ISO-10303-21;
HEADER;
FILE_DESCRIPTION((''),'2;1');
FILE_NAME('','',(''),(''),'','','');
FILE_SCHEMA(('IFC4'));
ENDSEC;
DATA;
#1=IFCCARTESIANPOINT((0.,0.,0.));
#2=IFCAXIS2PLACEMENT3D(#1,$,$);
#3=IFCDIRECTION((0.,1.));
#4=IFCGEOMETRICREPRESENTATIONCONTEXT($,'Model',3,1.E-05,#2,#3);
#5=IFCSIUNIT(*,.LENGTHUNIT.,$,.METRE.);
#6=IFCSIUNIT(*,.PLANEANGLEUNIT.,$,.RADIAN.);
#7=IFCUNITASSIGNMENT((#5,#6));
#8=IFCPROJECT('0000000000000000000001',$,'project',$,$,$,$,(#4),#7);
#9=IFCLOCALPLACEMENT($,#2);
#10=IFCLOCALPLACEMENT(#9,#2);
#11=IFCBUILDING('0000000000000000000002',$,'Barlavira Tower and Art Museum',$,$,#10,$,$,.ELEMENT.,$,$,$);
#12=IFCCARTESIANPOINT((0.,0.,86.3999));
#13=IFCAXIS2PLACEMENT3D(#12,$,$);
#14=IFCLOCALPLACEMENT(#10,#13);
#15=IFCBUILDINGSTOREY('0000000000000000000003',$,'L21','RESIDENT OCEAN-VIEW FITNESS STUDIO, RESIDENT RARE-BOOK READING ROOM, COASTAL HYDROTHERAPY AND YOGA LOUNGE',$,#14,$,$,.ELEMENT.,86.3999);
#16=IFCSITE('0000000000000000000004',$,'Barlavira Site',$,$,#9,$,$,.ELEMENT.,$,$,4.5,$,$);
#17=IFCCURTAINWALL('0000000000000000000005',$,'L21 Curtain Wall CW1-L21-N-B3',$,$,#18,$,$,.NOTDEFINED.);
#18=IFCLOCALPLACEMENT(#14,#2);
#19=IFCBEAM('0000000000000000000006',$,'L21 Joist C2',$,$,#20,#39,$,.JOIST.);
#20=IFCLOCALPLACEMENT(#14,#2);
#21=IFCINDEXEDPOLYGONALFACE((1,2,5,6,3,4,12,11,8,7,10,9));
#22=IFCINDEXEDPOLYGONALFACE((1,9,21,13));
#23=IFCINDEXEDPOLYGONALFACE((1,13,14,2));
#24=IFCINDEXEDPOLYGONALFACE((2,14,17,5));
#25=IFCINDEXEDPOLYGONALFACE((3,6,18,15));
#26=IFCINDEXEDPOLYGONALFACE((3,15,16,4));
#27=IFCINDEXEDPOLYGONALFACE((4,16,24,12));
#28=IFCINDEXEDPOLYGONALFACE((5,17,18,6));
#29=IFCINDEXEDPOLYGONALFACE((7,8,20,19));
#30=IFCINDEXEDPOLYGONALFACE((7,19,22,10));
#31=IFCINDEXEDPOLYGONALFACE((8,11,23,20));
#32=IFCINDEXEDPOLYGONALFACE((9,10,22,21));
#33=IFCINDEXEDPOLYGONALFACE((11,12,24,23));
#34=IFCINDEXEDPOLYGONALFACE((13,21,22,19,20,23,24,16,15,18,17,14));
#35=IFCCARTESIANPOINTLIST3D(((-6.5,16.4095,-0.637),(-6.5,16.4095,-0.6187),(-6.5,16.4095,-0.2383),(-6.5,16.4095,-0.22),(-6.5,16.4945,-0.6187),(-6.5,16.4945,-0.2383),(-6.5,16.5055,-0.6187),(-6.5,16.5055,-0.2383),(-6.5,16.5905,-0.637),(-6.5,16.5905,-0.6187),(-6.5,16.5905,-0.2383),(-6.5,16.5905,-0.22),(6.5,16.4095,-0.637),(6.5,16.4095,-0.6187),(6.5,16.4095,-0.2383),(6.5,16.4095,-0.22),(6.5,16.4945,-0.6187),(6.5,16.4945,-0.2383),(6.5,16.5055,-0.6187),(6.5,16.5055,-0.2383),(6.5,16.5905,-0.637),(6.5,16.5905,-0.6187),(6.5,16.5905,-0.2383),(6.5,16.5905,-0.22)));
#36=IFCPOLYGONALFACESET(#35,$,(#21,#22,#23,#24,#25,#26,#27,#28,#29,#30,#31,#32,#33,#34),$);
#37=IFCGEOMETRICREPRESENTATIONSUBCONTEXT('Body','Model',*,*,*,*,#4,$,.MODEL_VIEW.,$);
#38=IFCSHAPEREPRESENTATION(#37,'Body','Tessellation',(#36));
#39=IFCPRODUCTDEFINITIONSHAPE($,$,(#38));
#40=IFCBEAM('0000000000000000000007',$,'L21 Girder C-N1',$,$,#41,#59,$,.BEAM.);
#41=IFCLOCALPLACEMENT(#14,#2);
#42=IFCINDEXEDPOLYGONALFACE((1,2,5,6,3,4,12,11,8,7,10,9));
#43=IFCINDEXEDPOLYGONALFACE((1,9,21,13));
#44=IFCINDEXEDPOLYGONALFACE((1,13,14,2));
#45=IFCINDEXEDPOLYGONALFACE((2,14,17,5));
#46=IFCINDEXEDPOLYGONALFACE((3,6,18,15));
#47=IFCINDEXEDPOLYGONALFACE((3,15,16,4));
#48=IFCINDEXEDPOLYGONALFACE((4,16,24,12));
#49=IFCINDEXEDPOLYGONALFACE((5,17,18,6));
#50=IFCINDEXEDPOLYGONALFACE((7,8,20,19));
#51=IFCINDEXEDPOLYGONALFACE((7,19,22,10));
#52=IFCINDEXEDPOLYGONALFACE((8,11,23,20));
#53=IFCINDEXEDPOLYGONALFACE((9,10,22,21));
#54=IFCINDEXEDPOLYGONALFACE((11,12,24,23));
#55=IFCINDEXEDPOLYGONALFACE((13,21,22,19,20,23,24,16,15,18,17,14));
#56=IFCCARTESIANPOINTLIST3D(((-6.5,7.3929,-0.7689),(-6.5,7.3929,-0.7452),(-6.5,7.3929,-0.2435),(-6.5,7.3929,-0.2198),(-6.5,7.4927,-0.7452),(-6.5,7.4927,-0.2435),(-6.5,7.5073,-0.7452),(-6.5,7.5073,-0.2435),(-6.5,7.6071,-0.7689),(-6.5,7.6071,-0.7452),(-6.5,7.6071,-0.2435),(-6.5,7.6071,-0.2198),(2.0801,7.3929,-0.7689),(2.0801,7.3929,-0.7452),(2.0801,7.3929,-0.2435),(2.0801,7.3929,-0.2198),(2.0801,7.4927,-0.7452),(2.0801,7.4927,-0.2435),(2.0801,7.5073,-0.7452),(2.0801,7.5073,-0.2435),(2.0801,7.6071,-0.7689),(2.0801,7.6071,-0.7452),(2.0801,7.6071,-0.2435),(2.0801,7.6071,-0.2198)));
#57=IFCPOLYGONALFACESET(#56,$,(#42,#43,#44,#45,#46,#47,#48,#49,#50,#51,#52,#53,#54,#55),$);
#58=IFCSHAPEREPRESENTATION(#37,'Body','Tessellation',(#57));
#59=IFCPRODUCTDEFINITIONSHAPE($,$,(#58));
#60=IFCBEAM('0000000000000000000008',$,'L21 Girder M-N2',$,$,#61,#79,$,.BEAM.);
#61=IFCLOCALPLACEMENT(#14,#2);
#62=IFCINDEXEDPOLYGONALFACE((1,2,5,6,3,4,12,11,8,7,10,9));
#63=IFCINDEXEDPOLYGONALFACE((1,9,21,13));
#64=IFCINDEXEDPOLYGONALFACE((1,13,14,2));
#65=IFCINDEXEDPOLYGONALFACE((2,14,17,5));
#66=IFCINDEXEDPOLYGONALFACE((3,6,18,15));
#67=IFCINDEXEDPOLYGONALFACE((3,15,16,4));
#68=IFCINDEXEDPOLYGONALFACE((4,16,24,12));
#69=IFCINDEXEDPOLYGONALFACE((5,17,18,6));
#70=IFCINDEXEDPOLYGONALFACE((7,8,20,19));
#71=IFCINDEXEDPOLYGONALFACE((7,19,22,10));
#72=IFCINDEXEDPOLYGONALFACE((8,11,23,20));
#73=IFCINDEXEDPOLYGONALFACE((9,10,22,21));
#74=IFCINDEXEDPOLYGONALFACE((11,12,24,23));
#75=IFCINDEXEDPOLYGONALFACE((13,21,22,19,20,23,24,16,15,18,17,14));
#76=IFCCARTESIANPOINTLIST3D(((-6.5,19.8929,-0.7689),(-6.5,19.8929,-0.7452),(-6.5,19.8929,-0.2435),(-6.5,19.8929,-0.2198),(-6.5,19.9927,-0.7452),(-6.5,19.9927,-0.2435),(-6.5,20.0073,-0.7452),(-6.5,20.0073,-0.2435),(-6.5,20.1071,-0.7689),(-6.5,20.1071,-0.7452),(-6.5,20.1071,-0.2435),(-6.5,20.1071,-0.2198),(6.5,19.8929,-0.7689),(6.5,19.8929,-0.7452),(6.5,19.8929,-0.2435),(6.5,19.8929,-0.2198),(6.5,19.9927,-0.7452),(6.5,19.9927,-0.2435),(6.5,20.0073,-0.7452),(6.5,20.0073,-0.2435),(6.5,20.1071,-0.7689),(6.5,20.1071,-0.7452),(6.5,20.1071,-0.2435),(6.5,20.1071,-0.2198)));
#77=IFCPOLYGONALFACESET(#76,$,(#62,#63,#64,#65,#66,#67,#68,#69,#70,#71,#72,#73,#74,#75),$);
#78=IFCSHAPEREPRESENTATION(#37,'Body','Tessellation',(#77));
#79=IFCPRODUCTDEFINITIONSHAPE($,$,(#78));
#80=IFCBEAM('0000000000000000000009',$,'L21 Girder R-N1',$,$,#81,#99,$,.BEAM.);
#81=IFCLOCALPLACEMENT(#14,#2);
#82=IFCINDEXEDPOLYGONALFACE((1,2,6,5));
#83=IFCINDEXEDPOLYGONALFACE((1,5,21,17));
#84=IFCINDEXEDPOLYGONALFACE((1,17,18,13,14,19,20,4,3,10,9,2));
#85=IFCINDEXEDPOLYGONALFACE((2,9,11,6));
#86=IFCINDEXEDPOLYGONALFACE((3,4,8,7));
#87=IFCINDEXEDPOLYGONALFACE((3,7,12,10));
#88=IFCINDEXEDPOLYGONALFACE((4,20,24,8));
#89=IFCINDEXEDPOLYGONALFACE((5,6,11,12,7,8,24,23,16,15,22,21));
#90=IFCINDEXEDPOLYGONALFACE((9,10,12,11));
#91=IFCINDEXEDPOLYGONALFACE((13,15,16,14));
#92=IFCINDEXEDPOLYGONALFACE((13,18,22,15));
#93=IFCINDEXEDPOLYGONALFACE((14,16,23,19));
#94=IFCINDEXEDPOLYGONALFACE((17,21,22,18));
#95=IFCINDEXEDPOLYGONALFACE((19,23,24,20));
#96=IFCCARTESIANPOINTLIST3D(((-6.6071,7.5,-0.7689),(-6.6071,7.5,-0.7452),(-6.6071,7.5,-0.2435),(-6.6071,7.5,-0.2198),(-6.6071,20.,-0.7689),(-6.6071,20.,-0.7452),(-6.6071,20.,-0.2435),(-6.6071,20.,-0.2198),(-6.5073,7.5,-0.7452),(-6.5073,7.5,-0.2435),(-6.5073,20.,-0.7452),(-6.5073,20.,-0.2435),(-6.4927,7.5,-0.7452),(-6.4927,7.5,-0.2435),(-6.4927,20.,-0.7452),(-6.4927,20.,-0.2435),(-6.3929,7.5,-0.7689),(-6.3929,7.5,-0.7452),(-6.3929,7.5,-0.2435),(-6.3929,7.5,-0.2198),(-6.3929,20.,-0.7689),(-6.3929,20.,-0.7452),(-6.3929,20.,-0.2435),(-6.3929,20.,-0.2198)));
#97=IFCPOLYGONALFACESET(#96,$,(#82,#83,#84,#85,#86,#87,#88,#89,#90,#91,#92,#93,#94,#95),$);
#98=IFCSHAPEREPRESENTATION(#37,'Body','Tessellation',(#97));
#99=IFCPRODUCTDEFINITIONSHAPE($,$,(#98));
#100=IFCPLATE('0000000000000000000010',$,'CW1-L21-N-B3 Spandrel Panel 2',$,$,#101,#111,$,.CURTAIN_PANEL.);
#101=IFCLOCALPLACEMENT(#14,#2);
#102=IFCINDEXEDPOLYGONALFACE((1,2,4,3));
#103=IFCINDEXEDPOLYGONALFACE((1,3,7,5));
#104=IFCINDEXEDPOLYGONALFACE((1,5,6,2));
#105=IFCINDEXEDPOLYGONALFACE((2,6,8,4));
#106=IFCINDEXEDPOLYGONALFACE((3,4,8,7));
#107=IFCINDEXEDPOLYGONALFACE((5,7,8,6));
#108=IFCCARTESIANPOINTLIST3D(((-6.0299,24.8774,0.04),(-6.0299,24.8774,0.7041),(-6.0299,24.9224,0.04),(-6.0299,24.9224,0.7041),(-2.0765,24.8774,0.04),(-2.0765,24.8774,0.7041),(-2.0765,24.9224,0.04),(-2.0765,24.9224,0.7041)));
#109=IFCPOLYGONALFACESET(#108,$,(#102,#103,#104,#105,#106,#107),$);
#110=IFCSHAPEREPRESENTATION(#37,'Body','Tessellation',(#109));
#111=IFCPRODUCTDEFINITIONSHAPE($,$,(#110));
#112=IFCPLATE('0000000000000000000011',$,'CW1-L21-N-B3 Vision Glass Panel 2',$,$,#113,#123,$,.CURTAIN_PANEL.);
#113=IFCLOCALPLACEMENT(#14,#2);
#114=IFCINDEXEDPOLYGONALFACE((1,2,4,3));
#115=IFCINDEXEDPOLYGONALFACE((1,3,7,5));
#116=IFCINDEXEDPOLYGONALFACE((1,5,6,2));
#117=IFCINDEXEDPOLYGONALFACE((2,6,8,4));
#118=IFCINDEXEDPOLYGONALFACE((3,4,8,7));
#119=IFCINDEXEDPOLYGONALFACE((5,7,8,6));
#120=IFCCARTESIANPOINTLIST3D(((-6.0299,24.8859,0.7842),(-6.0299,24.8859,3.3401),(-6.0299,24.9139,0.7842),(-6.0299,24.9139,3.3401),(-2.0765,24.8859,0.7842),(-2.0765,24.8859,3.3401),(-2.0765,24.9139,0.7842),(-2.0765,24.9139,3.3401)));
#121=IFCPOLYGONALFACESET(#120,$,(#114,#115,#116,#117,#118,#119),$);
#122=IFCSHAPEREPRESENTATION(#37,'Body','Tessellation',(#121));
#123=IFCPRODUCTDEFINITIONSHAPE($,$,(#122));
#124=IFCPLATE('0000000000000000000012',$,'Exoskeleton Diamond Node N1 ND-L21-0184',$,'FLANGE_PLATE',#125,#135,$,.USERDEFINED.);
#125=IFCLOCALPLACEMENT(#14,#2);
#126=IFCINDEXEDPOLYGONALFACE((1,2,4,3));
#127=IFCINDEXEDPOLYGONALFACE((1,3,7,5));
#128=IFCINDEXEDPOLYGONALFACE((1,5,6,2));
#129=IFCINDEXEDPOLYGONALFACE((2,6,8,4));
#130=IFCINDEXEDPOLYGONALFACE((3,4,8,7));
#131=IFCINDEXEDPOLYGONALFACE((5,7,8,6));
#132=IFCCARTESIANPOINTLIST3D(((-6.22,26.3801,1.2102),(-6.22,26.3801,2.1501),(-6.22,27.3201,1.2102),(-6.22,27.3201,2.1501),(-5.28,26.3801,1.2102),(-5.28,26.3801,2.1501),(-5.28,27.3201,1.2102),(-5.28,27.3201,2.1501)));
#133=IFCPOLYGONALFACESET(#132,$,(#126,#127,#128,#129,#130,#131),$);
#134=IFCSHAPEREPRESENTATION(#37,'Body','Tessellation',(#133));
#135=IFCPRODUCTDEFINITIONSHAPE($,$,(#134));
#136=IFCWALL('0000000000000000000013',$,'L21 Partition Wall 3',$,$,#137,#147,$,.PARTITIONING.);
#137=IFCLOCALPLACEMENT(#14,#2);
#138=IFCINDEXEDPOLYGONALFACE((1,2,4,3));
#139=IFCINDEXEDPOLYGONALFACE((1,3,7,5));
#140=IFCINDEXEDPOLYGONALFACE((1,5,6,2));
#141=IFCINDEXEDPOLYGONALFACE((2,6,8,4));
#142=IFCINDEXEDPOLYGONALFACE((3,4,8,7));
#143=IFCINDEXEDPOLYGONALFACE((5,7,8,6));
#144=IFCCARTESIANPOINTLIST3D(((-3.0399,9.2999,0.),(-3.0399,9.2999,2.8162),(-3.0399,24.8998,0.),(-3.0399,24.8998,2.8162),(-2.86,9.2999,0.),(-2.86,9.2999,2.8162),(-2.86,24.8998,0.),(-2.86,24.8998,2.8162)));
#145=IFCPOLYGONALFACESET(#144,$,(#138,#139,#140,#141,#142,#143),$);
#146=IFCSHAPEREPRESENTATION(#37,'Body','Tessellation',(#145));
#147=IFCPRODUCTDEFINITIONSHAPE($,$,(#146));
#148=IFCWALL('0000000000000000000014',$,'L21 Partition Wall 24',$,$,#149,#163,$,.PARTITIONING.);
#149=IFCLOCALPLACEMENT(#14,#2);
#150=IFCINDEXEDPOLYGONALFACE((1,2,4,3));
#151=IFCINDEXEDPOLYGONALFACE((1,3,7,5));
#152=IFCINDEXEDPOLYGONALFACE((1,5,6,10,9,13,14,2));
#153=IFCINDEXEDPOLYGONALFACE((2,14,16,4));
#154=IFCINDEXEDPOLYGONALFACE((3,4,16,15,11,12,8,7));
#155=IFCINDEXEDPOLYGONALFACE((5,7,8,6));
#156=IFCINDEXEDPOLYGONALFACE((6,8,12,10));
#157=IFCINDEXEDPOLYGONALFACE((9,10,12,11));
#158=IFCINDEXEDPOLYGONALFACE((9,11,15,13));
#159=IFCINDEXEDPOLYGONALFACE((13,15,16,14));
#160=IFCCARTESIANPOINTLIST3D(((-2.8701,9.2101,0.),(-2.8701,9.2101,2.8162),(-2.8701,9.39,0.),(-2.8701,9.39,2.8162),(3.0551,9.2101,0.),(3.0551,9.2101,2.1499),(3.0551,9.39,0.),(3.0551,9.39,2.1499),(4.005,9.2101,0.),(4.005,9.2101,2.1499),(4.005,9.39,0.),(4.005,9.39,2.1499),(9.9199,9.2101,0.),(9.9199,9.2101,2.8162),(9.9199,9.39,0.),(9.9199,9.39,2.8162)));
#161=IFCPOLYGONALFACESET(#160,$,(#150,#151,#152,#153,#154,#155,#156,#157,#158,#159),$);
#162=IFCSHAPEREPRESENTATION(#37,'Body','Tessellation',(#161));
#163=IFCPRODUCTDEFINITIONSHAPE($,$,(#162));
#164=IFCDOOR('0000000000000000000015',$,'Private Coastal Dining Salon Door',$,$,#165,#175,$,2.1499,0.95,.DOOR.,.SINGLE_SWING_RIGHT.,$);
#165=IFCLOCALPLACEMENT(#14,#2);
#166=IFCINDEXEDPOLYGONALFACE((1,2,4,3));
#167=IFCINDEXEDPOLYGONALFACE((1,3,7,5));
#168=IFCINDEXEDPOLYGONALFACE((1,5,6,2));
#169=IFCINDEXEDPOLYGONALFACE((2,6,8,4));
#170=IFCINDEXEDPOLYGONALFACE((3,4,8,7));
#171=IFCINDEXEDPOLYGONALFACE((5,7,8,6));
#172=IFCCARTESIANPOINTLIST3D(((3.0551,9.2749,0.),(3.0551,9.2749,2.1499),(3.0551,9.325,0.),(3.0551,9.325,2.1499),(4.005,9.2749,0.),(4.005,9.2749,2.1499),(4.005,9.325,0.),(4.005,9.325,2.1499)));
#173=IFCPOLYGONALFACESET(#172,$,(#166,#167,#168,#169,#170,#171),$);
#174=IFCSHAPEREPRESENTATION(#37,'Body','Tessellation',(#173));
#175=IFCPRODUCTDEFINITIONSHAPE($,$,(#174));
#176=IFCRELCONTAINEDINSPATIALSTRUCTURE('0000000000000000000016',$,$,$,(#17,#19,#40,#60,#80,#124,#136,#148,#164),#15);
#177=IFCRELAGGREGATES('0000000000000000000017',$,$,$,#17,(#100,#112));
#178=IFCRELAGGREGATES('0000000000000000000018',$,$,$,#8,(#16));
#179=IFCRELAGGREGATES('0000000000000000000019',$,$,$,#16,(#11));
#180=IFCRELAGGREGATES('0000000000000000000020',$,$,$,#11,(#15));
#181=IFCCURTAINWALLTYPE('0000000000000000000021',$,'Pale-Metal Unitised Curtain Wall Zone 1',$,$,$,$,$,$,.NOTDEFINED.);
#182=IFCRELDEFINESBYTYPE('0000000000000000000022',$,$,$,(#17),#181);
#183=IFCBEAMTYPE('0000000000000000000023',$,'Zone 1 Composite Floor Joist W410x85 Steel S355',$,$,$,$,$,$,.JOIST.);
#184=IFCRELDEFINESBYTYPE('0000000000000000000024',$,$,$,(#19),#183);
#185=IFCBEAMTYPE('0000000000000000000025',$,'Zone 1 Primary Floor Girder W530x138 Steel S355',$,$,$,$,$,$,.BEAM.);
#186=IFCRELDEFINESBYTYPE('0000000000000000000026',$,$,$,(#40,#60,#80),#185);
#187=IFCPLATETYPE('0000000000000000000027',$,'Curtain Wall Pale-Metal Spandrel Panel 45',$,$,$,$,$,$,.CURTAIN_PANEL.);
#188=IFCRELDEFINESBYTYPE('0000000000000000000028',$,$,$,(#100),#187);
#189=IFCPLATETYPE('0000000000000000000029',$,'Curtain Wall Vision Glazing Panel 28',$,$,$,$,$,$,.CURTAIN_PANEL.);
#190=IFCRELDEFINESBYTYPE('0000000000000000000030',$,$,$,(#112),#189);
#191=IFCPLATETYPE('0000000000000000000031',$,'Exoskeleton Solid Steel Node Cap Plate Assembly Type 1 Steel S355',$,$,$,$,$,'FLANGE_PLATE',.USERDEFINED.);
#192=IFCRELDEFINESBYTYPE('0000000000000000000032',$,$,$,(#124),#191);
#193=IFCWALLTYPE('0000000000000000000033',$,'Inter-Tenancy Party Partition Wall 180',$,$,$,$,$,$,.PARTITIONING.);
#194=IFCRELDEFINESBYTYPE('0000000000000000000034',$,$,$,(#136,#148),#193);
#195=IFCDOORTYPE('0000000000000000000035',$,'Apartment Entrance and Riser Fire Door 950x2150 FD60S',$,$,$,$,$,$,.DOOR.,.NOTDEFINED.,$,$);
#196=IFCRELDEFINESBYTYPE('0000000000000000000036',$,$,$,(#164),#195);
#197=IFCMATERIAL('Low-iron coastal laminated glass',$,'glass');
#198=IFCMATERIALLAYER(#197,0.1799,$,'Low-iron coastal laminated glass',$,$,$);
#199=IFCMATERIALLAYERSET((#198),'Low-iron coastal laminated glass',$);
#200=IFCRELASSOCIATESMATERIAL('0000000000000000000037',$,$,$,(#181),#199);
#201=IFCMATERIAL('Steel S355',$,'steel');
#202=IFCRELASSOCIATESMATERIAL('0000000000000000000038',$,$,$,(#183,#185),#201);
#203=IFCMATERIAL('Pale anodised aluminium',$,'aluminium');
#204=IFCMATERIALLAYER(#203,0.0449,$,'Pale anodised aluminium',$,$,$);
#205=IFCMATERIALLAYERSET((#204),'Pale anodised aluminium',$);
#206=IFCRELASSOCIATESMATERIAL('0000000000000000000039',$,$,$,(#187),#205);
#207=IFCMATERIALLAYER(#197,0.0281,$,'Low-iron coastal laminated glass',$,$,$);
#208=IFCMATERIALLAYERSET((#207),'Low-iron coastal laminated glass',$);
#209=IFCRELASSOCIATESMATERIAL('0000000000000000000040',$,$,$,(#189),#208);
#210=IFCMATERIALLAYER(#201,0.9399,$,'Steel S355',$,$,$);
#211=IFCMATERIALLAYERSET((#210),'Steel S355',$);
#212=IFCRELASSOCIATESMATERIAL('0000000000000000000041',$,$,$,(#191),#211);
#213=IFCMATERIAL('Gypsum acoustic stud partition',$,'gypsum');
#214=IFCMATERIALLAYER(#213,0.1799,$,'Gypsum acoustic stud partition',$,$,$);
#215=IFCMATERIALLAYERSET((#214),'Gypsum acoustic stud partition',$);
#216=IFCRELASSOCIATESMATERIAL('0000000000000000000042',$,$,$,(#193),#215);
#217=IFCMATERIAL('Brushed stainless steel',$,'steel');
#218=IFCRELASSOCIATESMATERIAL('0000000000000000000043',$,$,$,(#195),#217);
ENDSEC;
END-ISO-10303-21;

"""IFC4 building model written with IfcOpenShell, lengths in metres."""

from ifc_helpers import new_model, si_unit, direction, frame, frame_2d, origin, origin_2d, place, context, subcontext, project, spatial, rectangle, i_section, extrude, material, layer, layer_set, material_profile, profile_set, type_object, element, fill, aggregate, save


model = new_model("IFC4")

# Units and contexts
model_context = context("Model", 3, precision=1e-05, world=origin(), true_north=direction((0.0, 1.0)))
body_context = subcontext(model_context, "Body", "Model", "MODEL_VIEW")
ifc_project = project(units=[si_unit("LENGTHUNIT", "METRE"), si_unit("PLANEANGLEUNIT", "RADIAN")], contexts=[model_context])

# Site, building, storey
site_placement = place(None, origin())
site = spatial("IfcSite", under=ifc_project, at=site_placement, Name="Barlavira Site", CompositionType="ELEMENT", RefElevation=4.5)
building_placement = place(site_placement, origin())
building = spatial("IfcBuilding", under=site, at=building_placement, Name="Barlavira Tower and Art Museum", CompositionType="ELEMENT")
storey_placement = place(building_placement, frame((0.0, 0.0, 86.3999)))
storey = spatial("IfcBuildingStorey", under=building, at=storey_placement, Name="L21", Description="RESIDENT OCEAN-VIEW FITNESS STUDIO, RESIDENT RARE-BOOK READING ROOM, COASTAL HYDROTHERAPY AND YOGA LOUNGE", CompositionType="ELEMENT", Elevation=86.3999)

# Shared definitions
ifc_material_1 = material(Name="Steel S355", Category="steel")

# Curtain wall
ifc_material_2 = material(Name="Low-iron coastal laminated glass", Category="glass")
ifc_layer_1 = layer(ifc_material_2, 0.1799, Name="Low-iron coastal laminated glass")
ifc_layer_set_1 = layer_set([ifc_layer_1], Name="Low-iron coastal laminated glass")
curtain_wall_type = type_object("IfcCurtainWallType", Name="Pale-Metal Unitised Curtain Wall Zone 1", PredefinedType="NOTDEFINED", material=ifc_layer_set_1)
curtain_wall_placement = place(storey_placement, origin())
curtain_wall = element("IfcCurtainWall", 1, at=curtain_wall_placement, inside=storey, type_object=curtain_wall_type, Name="L21 Curtain Wall CW1-L21-N-B3", PredefinedType="NOTDEFINED")
ifc_material_3 = material(Name="Pale anodised aluminium", Category="aluminium")

# Beams
ifc_material_profile_1 = material_profile(ifc_material_1, i_section(OverallWidth=0.1809, OverallDepth=0.417, WebThickness=0.011, FlangeThickness=0.0183, at=origin_2d()), Name="W410x85.0")
ifc_profile_set_1 = profile_set([ifc_material_profile_1], Name="Steel S355")
beam_type_1 = type_object("IfcBeamType", Name="Zone 1 Composite Floor Joist W410x85 Steel S355", PredefinedType="JOIST", material=ifc_profile_set_1)
beam_1_placement = place(storey_placement, frame((-6.5, 16.5, -0.4285), z_axis=(1.0, 0.0, 0.0), x_axis=(0.0, 1.0, 0.0)))
element("IfcBeam", 2, at=beam_1_placement, inside=storey, type_object=beam_type_1, Name="L21 Joist C2", PredefinedType="JOIST", context=body_context, shape_type="SweptSolid", body=[
    extrude(i_section(OverallWidth=0.1809, OverallDepth=0.417, WebThickness=0.011, FlangeThickness=0.0183, at=origin_2d()), origin(), (0.0, 0.0, 1.0), 13.0),
])
ifc_material_profile_2 = material_profile(ifc_material_1, i_section(OverallWidth=0.2141, OverallDepth=0.5491, WebThickness=0.0146, FlangeThickness=0.0237, at=origin_2d()), Name="W530x138.0")
ifc_profile_set_2 = profile_set([ifc_material_profile_2], Name="Steel S355")
beam_type_2 = type_object("IfcBeamType", Name="Zone 1 Primary Floor Girder W530x138 Steel S355", PredefinedType="BEAM", material=ifc_profile_set_2)
beam_2_placement = place(storey_placement, frame((-6.5, 7.5, -0.4944), z_axis=(1.0, 0.0, 0.0), x_axis=(0.0, 1.0, 0.0)))
element("IfcBeam", 3, at=beam_2_placement, inside=storey, type_object=beam_type_2, Name="L21 Girder C-N1", PredefinedType="BEAM", context=body_context, shape_type="SweptSolid", body=[
    extrude(i_section(OverallWidth=0.2141, OverallDepth=0.5491, WebThickness=0.0146, FlangeThickness=0.0237, at=origin_2d()), origin(), (0.0, 0.0, 1.0), 8.5801),
])
beam_3_placement = place(storey_placement, frame((-6.5, 20.0, -0.4944), z_axis=(1.0, 0.0, 0.0), x_axis=(0.0, 1.0, 0.0)))
element("IfcBeam", 4, at=beam_3_placement, inside=storey, type_object=beam_type_2, Name="L21 Girder M-N2", PredefinedType="BEAM", context=body_context, shape_type="SweptSolid", body=[
    extrude(i_section(OverallWidth=0.2141, OverallDepth=0.5491, WebThickness=0.0146, FlangeThickness=0.0237, at=origin_2d()), origin(), (0.0, 0.0, 1.0), 13.0),
])
beam_4_placement = place(storey_placement, frame((-6.5, 7.5, -0.4944), z_axis=(0.0, 1.0, 0.0), x_axis=(-1.0, 0.0, 0.0)))
element("IfcBeam", 5, at=beam_4_placement, inside=storey, type_object=beam_type_2, Name="L21 Girder R-N1", PredefinedType="BEAM", context=body_context, shape_type="SweptSolid", body=[
    extrude(i_section(OverallWidth=0.2141, OverallDepth=0.5491, WebThickness=0.0146, FlangeThickness=0.0237, at=origin_2d()), origin(), (0.0, 0.0, 1.0), 12.5),
])

# Plates
ifc_layer_2 = layer(ifc_material_3, 0.0449, Name="Pale anodised aluminium")
ifc_layer_set_2 = layer_set([ifc_layer_2], Name="Pale anodised aluminium")
plate_type_1 = type_object("IfcPlateType", Name="Curtain Wall Pale-Metal Spandrel Panel 45", PredefinedType="CURTAIN_PANEL", material=ifc_layer_set_2)
plate_1_placement = place(storey_placement, frame((-4.0532, 24.8999, 0.04), z_axis=(0.0, 0.0, 1.0), x_axis=(-1.0, 0.0, 0.0)))
plate_1 = element("IfcPlate", 6, at=plate_1_placement, type_object=plate_type_1, Name="CW1-L21-N-B3 Spandrel Panel 2", PredefinedType="CURTAIN_PANEL", context=body_context, shape_type="SweptSolid", body=[
    extrude(rectangle(XDim=3.9534, YDim=0.0449, at=origin_2d()), origin(), (0.0, 0.0, 1.0), 0.6641),
])
ifc_layer_3 = layer(ifc_material_2, 0.0281, Name="Low-iron coastal laminated glass")
ifc_layer_set_3 = layer_set([ifc_layer_3], Name="Low-iron coastal laminated glass")
plate_type_2 = type_object("IfcPlateType", Name="Curtain Wall Vision Glazing Panel 28", PredefinedType="CURTAIN_PANEL", material=ifc_layer_set_3)
plate_2_placement = place(storey_placement, frame((-4.0532, 24.8999, 0.7842), z_axis=(0.0, 0.0, 1.0), x_axis=(-1.0, 0.0, 0.0)))
plate_2 = element("IfcPlate", 7, at=plate_2_placement, type_object=plate_type_2, Name="CW1-L21-N-B3 Vision Glass Panel 2", PredefinedType="CURTAIN_PANEL", context=body_context, shape_type="SweptSolid", body=[
    extrude(rectangle(XDim=3.9534, YDim=0.0281, at=origin_2d()), origin(), (0.0, 0.0, 1.0), 2.5559),
])
aggregate(curtain_wall, [plate_1, plate_2])
ifc_layer_4 = layer(ifc_material_1, 0.9399, Name="Steel S355")
ifc_layer_set_4 = layer_set([ifc_layer_4], Name="Steel S355")
plate_type_3 = type_object("IfcPlateType", Name="Exoskeleton Solid Steel Node Cap Plate Assembly Type 1 Steel S355", ElementType="FLANGE_PLATE", PredefinedType="USERDEFINED", material=ifc_layer_set_4)
plate_3_placement = place(storey_placement, frame((-5.75, 26.8501, 1.2102), z_axis=(0.0, 0.0, 1.0), x_axis=(1.0, 0.0, 0.0)))
element("IfcPlate", 8, at=plate_3_placement, inside=storey, type_object=plate_type_3, Name="Exoskeleton Diamond Node N1 ND-L21-0184", ObjectType="FLANGE_PLATE", PredefinedType="USERDEFINED", context=body_context, shape_type="SweptSolid", body=[
    extrude(rectangle(XDim=0.9399, YDim=0.9399, at=origin_2d()), origin(), (0.0, 0.0, 1.0), 0.9399),
])

# Wall
ifc_material_4 = material(Name="Gypsum acoustic stud partition", Category="gypsum")
ifc_layer_5 = layer(ifc_material_4, 0.1799, Name="Gypsum acoustic stud partition")
ifc_layer_set_5 = layer_set([ifc_layer_5], Name="Gypsum acoustic stud partition")
wall_type = type_object("IfcWallType", Name="Inter-Tenancy Party Partition Wall 180", PredefinedType="PARTITIONING", material=ifc_layer_set_5)
wall_1_placement = place(storey_placement, frame((-2.95, 9.3, 0.0), z_axis=(0.0, 0.0, 1.0), x_axis=(0.0, 1.0, 0.0)))
element("IfcWall", 9, at=wall_1_placement, inside=storey, type_object=wall_type, Name="L21 Partition Wall 3", PredefinedType="PARTITIONING", context=body_context, shape_type="SweptSolid", body=[
    extrude(rectangle(XDim=15.5999, YDim=0.1799, at=frame_2d((7.7998, 0.0))), origin(), (0.0, 0.0, 1.0), 2.8162),
])

# Wall, opening, door
wall_2_placement = place(storey_placement, frame((-2.8701, 9.3, 0.0), z_axis=(0.0, 0.0, 1.0), x_axis=(1.0, 0.0, 0.0)))
wall_2 = element("IfcWall", 10, at=wall_2_placement, inside=storey, type_object=wall_type, Name="L21 Partition Wall 24", PredefinedType="PARTITIONING", context=body_context, shape_type="SweptSolid", body=[
    extrude(rectangle(XDim=12.79, YDim=0.1799, at=frame_2d((6.395, 0.0))), origin(), (0.0, 0.0, 1.0), 2.8162),
])
opening_placement = place(wall_2_placement, frame((5.925, 0.0, 0.0)))
opening = element("IfcOpeningElement", 11, at=opening_placement, cuts=wall_2, PredefinedType="OPENING", context=body_context, shape_type="SweptSolid", body=[
    extrude(rectangle(XDim=0.95, YDim=2.1499, at=frame_2d((0.4751, 1.075))), frame((0.0, 0.1001, 0.0), z_axis=(0.0, -1.0, 0.0), x_axis=(1.0, 0.0, 0.0)), (0.0, 0.0, 1.0), 0.2),
])
ifc_material_5 = material(Name="Brushed stainless steel", Category="steel")
door_type = type_object("IfcDoorType", Name="Apartment Entrance and Riser Fire Door 950x2150 FD60S", OperationType="NOTDEFINED", PredefinedType="DOOR", material=ifc_material_5)
door_placement = place(opening_placement, origin())
door = element("IfcDoor", 12, at=door_placement, inside=storey, type_object=door_type, Name="Private Coastal Dining Salon Door", OperationType="SINGLE_SWING_RIGHT", OverallHeight=2.1499, OverallWidth=0.95, PredefinedType="DOOR", context=body_context, shape_type="SweptSolid", body=[
    extrude(rectangle(XDim=0.95, YDim=2.1499, at=frame_2d((0.4751, 1.075))), frame((0.0, 0.0249, 0.0), z_axis=(0.0, -1.0, 0.0), x_axis=(1.0, 0.0, 0.0)), (0.0, 0.0, 1.0), 0.05),
])
fill(opening, door)

save(model, "model.ifc")
